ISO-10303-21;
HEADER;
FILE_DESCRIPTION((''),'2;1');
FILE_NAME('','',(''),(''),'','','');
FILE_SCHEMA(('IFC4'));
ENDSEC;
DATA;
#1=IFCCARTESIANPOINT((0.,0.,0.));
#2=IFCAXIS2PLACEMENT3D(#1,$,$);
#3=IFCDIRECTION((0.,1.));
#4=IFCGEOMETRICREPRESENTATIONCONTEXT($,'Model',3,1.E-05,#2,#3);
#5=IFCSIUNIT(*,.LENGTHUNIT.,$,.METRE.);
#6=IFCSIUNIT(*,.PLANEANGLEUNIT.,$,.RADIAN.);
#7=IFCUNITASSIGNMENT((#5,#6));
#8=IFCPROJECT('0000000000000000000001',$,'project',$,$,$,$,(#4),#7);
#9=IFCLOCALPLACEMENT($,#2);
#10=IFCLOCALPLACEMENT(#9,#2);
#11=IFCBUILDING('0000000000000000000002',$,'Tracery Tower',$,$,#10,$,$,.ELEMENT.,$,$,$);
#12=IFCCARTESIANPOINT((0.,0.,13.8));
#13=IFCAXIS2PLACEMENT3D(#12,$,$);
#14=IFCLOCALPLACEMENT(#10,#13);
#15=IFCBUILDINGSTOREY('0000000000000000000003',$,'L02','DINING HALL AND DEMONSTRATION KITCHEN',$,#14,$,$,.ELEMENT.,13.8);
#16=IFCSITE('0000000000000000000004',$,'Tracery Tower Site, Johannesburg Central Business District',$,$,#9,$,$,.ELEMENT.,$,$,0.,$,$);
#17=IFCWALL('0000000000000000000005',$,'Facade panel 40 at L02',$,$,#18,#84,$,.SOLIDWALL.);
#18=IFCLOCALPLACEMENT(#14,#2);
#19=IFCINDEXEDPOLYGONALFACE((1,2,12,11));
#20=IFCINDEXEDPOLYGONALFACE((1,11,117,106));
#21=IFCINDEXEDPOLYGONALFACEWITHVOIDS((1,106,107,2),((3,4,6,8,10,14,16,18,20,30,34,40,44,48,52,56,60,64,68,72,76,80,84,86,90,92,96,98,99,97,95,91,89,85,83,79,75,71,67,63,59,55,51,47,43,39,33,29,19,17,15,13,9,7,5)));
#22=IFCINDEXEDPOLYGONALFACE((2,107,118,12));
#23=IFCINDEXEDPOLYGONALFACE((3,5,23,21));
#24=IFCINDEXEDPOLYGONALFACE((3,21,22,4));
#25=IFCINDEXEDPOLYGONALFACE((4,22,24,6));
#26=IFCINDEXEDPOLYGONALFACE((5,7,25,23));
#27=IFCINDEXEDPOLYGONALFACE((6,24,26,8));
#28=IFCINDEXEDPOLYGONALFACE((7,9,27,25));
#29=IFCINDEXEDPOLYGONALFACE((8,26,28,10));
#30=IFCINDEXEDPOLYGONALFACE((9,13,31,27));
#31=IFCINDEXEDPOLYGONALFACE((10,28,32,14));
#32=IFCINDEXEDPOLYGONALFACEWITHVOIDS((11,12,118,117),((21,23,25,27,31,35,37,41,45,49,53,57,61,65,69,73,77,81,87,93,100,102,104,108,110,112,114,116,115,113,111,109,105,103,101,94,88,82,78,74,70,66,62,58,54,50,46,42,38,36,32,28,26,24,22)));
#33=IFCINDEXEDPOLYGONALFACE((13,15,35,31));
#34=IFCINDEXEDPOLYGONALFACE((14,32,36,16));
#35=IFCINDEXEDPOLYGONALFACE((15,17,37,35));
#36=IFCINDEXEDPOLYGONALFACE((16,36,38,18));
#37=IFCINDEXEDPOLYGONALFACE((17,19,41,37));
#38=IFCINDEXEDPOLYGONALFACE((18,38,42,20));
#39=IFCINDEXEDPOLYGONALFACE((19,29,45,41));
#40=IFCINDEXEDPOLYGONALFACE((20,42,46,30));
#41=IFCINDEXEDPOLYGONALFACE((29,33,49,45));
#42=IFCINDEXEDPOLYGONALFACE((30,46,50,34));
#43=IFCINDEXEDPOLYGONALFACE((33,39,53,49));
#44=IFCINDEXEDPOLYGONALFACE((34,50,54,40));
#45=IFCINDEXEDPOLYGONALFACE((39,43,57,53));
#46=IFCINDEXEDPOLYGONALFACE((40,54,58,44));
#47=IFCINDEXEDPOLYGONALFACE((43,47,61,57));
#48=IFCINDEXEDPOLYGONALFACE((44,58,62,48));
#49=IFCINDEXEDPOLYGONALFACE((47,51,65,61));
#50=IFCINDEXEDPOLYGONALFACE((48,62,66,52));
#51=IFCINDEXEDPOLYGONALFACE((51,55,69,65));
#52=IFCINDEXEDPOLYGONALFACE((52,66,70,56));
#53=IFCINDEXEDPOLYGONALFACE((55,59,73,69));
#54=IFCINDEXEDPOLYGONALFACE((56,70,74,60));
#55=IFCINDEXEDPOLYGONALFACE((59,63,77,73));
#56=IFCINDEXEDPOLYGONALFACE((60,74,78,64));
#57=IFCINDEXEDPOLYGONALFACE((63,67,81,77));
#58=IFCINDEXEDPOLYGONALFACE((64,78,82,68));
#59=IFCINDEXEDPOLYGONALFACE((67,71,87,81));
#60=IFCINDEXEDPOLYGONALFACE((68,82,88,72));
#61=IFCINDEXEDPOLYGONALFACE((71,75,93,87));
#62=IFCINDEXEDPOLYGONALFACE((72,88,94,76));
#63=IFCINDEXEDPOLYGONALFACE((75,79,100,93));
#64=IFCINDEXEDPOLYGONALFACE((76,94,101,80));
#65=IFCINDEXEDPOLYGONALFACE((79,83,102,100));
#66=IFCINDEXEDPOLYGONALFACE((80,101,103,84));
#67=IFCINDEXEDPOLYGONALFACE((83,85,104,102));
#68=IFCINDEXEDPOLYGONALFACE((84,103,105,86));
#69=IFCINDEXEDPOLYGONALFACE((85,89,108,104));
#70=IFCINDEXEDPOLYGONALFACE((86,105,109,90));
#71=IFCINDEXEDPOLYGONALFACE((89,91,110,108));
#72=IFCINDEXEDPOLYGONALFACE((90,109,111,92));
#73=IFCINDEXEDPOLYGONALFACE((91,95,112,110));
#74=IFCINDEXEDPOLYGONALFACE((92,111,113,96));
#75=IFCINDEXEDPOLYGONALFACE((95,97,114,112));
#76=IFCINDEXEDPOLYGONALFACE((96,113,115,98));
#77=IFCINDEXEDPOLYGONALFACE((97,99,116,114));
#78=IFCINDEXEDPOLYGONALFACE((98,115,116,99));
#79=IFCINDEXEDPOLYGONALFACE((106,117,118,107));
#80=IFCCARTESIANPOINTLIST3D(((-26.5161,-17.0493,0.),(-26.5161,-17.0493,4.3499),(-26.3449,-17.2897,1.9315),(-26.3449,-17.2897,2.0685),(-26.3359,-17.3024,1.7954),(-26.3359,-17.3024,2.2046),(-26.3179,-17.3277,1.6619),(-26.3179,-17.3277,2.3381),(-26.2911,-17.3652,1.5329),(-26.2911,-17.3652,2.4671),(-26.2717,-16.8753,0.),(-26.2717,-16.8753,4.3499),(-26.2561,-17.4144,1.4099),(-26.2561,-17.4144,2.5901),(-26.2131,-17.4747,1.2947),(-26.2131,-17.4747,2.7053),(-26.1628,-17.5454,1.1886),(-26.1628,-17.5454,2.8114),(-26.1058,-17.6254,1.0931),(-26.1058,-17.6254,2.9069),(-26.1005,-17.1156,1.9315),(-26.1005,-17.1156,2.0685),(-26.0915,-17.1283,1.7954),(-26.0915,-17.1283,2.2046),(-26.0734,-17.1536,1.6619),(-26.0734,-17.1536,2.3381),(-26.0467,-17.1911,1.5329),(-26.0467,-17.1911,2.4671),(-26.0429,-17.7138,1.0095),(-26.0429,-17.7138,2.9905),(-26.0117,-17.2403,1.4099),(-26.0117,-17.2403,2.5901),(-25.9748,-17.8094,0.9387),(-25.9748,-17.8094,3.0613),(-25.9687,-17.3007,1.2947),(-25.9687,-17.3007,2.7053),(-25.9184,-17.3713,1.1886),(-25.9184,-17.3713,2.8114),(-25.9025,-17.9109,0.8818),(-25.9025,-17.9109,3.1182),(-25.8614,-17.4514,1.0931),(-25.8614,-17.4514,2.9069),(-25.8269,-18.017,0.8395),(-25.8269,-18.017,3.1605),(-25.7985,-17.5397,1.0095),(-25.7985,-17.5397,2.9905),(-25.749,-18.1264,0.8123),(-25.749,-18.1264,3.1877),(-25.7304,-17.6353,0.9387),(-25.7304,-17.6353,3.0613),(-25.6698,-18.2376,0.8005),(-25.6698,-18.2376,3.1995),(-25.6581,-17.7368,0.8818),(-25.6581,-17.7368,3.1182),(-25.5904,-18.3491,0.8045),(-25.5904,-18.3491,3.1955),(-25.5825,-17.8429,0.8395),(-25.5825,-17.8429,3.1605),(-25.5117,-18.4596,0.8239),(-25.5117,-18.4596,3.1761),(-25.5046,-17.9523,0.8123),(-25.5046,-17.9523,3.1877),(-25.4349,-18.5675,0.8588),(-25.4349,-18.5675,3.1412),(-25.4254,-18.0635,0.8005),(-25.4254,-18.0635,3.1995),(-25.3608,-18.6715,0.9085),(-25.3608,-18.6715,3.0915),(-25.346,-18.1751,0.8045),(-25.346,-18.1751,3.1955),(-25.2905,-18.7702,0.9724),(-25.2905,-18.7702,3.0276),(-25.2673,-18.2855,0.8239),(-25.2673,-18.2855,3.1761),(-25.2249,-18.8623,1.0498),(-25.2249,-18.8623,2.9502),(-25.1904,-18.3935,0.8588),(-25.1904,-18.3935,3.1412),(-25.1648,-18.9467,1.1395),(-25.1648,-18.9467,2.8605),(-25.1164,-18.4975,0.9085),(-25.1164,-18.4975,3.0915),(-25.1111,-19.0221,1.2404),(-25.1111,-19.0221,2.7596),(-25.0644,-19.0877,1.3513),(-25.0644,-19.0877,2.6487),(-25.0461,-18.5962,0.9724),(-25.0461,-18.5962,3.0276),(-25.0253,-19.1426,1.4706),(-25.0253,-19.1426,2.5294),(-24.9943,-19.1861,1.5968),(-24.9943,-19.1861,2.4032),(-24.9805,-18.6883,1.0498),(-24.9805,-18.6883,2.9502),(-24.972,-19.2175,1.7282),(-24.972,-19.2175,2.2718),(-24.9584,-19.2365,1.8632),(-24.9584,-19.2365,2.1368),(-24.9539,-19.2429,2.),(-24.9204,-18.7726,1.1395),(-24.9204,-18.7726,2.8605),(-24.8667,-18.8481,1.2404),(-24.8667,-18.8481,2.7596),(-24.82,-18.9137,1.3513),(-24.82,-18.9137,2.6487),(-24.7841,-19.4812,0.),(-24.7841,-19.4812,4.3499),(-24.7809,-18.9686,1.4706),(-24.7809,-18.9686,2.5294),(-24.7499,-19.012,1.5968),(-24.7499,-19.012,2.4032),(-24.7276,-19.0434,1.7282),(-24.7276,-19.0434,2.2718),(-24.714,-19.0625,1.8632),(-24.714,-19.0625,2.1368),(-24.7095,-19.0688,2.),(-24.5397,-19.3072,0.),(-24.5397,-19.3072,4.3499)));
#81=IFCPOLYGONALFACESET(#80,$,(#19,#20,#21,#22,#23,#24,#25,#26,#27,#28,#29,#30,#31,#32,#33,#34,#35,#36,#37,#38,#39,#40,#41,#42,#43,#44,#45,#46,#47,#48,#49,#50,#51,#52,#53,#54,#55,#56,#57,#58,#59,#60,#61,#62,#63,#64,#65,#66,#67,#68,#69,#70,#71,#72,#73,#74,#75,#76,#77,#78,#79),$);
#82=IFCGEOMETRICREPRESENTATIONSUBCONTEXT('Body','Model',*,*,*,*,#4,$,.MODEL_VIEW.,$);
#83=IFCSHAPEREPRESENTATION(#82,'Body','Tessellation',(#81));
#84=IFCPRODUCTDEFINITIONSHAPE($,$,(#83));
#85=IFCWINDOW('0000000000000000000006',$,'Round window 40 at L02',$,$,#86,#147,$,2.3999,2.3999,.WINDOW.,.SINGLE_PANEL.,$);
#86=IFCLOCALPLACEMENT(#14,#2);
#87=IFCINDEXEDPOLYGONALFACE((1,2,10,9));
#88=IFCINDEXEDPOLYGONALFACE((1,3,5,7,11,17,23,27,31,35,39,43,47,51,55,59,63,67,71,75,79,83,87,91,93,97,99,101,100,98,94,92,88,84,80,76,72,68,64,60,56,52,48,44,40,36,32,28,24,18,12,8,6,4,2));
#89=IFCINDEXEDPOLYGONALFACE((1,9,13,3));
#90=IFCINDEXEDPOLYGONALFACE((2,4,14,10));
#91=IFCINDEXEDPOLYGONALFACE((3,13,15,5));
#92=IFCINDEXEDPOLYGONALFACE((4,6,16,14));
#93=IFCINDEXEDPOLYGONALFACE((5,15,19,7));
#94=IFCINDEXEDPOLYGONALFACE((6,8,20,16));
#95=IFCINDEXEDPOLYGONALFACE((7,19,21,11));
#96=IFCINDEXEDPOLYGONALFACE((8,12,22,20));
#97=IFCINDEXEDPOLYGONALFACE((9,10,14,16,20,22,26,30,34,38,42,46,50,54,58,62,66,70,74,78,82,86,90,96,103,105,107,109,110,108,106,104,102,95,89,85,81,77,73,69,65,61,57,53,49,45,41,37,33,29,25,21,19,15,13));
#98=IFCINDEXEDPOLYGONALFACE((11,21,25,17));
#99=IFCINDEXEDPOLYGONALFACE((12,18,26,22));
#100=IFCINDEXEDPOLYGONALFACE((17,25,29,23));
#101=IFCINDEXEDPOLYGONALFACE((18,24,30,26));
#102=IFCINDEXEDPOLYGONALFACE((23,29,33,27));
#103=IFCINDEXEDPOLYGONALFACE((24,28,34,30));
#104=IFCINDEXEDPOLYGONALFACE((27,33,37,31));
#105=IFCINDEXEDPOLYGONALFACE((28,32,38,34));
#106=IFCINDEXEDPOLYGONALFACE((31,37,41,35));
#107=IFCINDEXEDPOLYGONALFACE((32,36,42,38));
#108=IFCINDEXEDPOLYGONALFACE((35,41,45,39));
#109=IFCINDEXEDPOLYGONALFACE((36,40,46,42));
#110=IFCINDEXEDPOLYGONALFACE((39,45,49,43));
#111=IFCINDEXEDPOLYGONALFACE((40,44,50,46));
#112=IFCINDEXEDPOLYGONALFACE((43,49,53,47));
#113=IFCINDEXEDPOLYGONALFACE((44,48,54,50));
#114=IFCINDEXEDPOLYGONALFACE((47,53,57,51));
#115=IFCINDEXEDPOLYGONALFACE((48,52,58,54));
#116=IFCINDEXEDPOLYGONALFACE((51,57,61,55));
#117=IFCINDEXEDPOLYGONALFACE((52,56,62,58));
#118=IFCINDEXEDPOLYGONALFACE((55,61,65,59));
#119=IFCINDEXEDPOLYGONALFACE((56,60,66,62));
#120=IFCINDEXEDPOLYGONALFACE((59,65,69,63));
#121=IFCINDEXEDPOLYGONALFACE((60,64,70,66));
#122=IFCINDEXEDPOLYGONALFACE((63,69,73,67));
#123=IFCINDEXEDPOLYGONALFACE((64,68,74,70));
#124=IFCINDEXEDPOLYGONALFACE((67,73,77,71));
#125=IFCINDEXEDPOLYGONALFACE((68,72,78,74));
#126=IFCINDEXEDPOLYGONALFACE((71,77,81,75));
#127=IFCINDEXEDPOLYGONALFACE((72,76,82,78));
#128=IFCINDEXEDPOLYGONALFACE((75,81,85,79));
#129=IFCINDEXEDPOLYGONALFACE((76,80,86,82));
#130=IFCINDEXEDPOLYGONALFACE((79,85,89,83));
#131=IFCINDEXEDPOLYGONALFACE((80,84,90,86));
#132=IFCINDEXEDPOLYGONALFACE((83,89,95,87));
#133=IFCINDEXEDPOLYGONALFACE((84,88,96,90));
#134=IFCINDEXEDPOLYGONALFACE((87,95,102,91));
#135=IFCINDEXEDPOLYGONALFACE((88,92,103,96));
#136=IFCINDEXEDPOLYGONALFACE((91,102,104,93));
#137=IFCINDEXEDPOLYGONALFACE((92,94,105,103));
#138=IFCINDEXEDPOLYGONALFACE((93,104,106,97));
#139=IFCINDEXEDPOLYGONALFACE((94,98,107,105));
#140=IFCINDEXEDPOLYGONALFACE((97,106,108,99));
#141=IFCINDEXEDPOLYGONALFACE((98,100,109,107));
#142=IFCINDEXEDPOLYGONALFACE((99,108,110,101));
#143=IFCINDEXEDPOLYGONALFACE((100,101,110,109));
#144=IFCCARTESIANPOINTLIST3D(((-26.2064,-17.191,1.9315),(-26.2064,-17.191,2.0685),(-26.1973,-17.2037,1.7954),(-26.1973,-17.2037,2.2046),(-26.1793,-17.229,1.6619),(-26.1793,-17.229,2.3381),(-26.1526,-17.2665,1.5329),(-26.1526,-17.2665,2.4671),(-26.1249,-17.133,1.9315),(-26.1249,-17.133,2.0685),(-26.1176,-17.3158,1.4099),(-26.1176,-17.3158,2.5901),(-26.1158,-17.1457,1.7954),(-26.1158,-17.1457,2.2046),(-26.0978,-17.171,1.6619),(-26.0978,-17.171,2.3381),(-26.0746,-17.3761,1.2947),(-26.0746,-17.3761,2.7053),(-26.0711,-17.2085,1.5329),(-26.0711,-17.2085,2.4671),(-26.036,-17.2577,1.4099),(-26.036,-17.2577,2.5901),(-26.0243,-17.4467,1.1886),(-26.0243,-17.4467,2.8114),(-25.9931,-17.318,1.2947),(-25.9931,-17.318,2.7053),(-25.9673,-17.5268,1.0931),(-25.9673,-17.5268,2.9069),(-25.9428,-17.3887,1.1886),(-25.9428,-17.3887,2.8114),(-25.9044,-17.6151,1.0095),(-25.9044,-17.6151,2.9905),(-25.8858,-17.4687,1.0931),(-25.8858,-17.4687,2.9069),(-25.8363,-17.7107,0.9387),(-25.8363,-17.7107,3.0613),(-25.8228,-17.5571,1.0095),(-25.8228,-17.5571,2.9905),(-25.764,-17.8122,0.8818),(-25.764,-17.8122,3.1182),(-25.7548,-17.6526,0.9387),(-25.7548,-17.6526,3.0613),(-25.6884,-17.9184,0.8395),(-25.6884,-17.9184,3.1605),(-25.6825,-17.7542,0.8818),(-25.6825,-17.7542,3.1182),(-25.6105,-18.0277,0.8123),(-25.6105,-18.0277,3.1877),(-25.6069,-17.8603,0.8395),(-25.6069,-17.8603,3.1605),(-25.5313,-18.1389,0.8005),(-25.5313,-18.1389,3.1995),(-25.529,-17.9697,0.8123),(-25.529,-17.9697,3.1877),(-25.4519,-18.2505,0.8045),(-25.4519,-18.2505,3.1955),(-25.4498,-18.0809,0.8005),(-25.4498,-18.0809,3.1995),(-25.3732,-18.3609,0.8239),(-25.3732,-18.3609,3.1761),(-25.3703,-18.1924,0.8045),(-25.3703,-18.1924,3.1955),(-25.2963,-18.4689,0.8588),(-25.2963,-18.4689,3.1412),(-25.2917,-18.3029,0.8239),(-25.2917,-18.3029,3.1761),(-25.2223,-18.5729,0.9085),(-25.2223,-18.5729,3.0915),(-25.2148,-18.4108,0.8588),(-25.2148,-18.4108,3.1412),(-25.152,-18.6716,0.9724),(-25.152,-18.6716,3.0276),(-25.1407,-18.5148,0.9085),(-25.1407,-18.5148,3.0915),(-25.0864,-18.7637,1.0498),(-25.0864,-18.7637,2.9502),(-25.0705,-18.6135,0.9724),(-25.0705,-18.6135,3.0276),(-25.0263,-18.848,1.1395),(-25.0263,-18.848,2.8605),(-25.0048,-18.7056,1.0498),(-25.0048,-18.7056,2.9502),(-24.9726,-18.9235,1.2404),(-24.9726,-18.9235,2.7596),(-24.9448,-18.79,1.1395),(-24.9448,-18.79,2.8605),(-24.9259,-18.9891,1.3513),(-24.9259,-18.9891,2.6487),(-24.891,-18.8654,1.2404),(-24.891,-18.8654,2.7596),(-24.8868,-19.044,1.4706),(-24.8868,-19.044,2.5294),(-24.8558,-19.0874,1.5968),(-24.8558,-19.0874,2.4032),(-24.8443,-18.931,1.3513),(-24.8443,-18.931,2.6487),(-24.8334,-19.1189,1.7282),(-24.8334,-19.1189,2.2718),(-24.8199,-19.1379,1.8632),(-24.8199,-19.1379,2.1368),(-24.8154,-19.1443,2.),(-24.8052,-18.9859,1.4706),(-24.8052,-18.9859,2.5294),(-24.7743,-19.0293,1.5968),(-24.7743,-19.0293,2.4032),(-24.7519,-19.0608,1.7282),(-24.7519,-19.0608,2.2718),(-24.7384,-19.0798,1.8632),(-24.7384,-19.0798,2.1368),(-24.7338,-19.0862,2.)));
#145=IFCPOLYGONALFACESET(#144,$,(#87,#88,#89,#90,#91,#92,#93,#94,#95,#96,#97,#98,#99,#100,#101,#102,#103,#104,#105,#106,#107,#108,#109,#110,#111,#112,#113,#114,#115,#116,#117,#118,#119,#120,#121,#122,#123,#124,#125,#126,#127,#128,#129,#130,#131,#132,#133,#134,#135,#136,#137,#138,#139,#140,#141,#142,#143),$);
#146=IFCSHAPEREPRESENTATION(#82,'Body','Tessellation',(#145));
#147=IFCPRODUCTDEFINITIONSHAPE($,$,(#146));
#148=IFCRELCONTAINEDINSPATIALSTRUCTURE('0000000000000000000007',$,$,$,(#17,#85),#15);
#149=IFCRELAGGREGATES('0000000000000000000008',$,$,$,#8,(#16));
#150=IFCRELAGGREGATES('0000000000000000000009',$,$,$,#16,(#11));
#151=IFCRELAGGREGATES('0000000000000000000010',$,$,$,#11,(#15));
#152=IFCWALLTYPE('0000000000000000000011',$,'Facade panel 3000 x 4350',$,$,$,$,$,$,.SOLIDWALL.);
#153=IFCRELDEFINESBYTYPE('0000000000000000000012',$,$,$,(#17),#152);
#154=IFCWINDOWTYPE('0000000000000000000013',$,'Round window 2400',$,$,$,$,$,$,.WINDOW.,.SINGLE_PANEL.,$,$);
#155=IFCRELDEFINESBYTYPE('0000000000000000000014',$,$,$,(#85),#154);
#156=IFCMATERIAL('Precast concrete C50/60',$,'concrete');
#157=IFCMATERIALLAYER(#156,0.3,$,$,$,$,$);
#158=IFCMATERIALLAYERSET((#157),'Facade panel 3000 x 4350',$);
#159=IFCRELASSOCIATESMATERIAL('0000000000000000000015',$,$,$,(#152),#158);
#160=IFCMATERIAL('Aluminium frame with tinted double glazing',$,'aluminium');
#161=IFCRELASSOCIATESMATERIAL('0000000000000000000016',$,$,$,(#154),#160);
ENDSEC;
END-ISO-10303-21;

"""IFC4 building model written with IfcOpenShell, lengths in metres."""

from ifc_helpers import new_model, si_unit, direction, frame, frame_2d, origin, origin_2d, place, context, subcontext, project, spatial, rectangle, circle, extrude, material, layer, layer_set, type_object, element, fill, save


model = new_model("IFC4")

# Units and contexts
model_context = context("Model", 3, precision=1e-05, world=origin(), true_north=direction((0.0, 1.0)))
body_context = subcontext(model_context, "Body", "Model", "MODEL_VIEW")
ifc_project = project(units=[si_unit("LENGTHUNIT", "METRE"), si_unit("PLANEANGLEUNIT", "RADIAN")], contexts=[model_context])

# Site, building, storey
site_placement = place(None, origin())
site = spatial("IfcSite", under=ifc_project, at=site_placement, Name="Tracery Tower Site, Johannesburg Central Business District", CompositionType="ELEMENT", RefElevation=0.0)
building_placement = place(site_placement, origin())
building = spatial("IfcBuilding", under=site, at=building_placement, Name="Tracery Tower", CompositionType="ELEMENT")
storey_placement = place(building_placement, frame((0.0, 0.0, 13.8)))
storey = spatial("IfcBuildingStorey", under=building, at=storey_placement, Name="L02", Description="DINING HALL AND DEMONSTRATION KITCHEN", CompositionType="ELEMENT", Elevation=13.8)

# Wall, opening, window
ifc_material_1 = material(Name="Precast concrete C50/60", Category="concrete")
ifc_layer_1 = layer(ifc_material_1, 0.3)
ifc_layer_set_1 = layer_set([ifc_layer_1], Name="Facade panel 3000 x 4350")
wall_type_1 = type_object("IfcWallType", Name="Facade panel 3000 x 4350", PredefinedType="SOLIDWALL", material=ifc_layer_set_1)
ifc_material_2 = material(Name="Aluminium frame with tinted double glazing", Category="aluminium")
window_type = type_object("IfcWindowType", Name="Round window 2400", PartitioningType="SINGLE_PANEL", PredefinedType="WINDOW", material=ifc_material_2)
wall_1_placement = place(storey_placement, frame((-26.3938, -16.9624, 0.0), z_axis=(0.0, 0.0, 1.0), x_axis=(0.580101, -0.814545, 0.0)))
wall_1 = element("IfcWall", 1, at=wall_1_placement, inside=storey, type_object=wall_type_1, Name="Facade panel 40 at L02", PredefinedType="SOLIDWALL", context=body_context, shape_type="SweptSolid", body=[
    extrude(rectangle(XDim=2.9856, YDim=0.3, at=frame_2d((1.4927, 0.0))), origin(), (0.0, 0.0, 1.0), 4.3499),
])
opening_1_placement = place(wall_1_placement, frame((1.4929, 0.0, 2.0)))
opening_1 = element("IfcOpeningElement", 2, at=opening_1_placement, cuts=wall_1, PredefinedType="OPENING", context=body_context, shape_type="SweptSolid", body=[
    extrude(circle(Radius=1.2, at=origin_2d()), frame((0.0, 0.1599, 0.0), z_axis=(0.0, -1.0, 0.0), x_axis=(1.0, 0.0, 0.0)), (0.0, 0.0, 1.0), 0.3201),
])
window_1_placement = place(opening_1_placement, origin())
window_1 = element("IfcWindow", 3, at=window_1_placement, inside=storey, type_object=window_type, Name="Round window 40 at L02", OverallHeight=2.3999, OverallWidth=2.3999, PartitioningType="SINGLE_PANEL", PredefinedType="WINDOW", context=body_context, shape_type="SweptSolid", body=[
    extrude(circle(Radius=1.2, at=origin_2d()), frame((0.0, 0.1201, 0.0), z_axis=(0.0, -1.0, 0.0), x_axis=(1.0, 0.0, 0.0)), (0.0, 0.0, 1.0), 0.1001),
])
fill(opening_1, window_1)

save(model, "model.ifc")
